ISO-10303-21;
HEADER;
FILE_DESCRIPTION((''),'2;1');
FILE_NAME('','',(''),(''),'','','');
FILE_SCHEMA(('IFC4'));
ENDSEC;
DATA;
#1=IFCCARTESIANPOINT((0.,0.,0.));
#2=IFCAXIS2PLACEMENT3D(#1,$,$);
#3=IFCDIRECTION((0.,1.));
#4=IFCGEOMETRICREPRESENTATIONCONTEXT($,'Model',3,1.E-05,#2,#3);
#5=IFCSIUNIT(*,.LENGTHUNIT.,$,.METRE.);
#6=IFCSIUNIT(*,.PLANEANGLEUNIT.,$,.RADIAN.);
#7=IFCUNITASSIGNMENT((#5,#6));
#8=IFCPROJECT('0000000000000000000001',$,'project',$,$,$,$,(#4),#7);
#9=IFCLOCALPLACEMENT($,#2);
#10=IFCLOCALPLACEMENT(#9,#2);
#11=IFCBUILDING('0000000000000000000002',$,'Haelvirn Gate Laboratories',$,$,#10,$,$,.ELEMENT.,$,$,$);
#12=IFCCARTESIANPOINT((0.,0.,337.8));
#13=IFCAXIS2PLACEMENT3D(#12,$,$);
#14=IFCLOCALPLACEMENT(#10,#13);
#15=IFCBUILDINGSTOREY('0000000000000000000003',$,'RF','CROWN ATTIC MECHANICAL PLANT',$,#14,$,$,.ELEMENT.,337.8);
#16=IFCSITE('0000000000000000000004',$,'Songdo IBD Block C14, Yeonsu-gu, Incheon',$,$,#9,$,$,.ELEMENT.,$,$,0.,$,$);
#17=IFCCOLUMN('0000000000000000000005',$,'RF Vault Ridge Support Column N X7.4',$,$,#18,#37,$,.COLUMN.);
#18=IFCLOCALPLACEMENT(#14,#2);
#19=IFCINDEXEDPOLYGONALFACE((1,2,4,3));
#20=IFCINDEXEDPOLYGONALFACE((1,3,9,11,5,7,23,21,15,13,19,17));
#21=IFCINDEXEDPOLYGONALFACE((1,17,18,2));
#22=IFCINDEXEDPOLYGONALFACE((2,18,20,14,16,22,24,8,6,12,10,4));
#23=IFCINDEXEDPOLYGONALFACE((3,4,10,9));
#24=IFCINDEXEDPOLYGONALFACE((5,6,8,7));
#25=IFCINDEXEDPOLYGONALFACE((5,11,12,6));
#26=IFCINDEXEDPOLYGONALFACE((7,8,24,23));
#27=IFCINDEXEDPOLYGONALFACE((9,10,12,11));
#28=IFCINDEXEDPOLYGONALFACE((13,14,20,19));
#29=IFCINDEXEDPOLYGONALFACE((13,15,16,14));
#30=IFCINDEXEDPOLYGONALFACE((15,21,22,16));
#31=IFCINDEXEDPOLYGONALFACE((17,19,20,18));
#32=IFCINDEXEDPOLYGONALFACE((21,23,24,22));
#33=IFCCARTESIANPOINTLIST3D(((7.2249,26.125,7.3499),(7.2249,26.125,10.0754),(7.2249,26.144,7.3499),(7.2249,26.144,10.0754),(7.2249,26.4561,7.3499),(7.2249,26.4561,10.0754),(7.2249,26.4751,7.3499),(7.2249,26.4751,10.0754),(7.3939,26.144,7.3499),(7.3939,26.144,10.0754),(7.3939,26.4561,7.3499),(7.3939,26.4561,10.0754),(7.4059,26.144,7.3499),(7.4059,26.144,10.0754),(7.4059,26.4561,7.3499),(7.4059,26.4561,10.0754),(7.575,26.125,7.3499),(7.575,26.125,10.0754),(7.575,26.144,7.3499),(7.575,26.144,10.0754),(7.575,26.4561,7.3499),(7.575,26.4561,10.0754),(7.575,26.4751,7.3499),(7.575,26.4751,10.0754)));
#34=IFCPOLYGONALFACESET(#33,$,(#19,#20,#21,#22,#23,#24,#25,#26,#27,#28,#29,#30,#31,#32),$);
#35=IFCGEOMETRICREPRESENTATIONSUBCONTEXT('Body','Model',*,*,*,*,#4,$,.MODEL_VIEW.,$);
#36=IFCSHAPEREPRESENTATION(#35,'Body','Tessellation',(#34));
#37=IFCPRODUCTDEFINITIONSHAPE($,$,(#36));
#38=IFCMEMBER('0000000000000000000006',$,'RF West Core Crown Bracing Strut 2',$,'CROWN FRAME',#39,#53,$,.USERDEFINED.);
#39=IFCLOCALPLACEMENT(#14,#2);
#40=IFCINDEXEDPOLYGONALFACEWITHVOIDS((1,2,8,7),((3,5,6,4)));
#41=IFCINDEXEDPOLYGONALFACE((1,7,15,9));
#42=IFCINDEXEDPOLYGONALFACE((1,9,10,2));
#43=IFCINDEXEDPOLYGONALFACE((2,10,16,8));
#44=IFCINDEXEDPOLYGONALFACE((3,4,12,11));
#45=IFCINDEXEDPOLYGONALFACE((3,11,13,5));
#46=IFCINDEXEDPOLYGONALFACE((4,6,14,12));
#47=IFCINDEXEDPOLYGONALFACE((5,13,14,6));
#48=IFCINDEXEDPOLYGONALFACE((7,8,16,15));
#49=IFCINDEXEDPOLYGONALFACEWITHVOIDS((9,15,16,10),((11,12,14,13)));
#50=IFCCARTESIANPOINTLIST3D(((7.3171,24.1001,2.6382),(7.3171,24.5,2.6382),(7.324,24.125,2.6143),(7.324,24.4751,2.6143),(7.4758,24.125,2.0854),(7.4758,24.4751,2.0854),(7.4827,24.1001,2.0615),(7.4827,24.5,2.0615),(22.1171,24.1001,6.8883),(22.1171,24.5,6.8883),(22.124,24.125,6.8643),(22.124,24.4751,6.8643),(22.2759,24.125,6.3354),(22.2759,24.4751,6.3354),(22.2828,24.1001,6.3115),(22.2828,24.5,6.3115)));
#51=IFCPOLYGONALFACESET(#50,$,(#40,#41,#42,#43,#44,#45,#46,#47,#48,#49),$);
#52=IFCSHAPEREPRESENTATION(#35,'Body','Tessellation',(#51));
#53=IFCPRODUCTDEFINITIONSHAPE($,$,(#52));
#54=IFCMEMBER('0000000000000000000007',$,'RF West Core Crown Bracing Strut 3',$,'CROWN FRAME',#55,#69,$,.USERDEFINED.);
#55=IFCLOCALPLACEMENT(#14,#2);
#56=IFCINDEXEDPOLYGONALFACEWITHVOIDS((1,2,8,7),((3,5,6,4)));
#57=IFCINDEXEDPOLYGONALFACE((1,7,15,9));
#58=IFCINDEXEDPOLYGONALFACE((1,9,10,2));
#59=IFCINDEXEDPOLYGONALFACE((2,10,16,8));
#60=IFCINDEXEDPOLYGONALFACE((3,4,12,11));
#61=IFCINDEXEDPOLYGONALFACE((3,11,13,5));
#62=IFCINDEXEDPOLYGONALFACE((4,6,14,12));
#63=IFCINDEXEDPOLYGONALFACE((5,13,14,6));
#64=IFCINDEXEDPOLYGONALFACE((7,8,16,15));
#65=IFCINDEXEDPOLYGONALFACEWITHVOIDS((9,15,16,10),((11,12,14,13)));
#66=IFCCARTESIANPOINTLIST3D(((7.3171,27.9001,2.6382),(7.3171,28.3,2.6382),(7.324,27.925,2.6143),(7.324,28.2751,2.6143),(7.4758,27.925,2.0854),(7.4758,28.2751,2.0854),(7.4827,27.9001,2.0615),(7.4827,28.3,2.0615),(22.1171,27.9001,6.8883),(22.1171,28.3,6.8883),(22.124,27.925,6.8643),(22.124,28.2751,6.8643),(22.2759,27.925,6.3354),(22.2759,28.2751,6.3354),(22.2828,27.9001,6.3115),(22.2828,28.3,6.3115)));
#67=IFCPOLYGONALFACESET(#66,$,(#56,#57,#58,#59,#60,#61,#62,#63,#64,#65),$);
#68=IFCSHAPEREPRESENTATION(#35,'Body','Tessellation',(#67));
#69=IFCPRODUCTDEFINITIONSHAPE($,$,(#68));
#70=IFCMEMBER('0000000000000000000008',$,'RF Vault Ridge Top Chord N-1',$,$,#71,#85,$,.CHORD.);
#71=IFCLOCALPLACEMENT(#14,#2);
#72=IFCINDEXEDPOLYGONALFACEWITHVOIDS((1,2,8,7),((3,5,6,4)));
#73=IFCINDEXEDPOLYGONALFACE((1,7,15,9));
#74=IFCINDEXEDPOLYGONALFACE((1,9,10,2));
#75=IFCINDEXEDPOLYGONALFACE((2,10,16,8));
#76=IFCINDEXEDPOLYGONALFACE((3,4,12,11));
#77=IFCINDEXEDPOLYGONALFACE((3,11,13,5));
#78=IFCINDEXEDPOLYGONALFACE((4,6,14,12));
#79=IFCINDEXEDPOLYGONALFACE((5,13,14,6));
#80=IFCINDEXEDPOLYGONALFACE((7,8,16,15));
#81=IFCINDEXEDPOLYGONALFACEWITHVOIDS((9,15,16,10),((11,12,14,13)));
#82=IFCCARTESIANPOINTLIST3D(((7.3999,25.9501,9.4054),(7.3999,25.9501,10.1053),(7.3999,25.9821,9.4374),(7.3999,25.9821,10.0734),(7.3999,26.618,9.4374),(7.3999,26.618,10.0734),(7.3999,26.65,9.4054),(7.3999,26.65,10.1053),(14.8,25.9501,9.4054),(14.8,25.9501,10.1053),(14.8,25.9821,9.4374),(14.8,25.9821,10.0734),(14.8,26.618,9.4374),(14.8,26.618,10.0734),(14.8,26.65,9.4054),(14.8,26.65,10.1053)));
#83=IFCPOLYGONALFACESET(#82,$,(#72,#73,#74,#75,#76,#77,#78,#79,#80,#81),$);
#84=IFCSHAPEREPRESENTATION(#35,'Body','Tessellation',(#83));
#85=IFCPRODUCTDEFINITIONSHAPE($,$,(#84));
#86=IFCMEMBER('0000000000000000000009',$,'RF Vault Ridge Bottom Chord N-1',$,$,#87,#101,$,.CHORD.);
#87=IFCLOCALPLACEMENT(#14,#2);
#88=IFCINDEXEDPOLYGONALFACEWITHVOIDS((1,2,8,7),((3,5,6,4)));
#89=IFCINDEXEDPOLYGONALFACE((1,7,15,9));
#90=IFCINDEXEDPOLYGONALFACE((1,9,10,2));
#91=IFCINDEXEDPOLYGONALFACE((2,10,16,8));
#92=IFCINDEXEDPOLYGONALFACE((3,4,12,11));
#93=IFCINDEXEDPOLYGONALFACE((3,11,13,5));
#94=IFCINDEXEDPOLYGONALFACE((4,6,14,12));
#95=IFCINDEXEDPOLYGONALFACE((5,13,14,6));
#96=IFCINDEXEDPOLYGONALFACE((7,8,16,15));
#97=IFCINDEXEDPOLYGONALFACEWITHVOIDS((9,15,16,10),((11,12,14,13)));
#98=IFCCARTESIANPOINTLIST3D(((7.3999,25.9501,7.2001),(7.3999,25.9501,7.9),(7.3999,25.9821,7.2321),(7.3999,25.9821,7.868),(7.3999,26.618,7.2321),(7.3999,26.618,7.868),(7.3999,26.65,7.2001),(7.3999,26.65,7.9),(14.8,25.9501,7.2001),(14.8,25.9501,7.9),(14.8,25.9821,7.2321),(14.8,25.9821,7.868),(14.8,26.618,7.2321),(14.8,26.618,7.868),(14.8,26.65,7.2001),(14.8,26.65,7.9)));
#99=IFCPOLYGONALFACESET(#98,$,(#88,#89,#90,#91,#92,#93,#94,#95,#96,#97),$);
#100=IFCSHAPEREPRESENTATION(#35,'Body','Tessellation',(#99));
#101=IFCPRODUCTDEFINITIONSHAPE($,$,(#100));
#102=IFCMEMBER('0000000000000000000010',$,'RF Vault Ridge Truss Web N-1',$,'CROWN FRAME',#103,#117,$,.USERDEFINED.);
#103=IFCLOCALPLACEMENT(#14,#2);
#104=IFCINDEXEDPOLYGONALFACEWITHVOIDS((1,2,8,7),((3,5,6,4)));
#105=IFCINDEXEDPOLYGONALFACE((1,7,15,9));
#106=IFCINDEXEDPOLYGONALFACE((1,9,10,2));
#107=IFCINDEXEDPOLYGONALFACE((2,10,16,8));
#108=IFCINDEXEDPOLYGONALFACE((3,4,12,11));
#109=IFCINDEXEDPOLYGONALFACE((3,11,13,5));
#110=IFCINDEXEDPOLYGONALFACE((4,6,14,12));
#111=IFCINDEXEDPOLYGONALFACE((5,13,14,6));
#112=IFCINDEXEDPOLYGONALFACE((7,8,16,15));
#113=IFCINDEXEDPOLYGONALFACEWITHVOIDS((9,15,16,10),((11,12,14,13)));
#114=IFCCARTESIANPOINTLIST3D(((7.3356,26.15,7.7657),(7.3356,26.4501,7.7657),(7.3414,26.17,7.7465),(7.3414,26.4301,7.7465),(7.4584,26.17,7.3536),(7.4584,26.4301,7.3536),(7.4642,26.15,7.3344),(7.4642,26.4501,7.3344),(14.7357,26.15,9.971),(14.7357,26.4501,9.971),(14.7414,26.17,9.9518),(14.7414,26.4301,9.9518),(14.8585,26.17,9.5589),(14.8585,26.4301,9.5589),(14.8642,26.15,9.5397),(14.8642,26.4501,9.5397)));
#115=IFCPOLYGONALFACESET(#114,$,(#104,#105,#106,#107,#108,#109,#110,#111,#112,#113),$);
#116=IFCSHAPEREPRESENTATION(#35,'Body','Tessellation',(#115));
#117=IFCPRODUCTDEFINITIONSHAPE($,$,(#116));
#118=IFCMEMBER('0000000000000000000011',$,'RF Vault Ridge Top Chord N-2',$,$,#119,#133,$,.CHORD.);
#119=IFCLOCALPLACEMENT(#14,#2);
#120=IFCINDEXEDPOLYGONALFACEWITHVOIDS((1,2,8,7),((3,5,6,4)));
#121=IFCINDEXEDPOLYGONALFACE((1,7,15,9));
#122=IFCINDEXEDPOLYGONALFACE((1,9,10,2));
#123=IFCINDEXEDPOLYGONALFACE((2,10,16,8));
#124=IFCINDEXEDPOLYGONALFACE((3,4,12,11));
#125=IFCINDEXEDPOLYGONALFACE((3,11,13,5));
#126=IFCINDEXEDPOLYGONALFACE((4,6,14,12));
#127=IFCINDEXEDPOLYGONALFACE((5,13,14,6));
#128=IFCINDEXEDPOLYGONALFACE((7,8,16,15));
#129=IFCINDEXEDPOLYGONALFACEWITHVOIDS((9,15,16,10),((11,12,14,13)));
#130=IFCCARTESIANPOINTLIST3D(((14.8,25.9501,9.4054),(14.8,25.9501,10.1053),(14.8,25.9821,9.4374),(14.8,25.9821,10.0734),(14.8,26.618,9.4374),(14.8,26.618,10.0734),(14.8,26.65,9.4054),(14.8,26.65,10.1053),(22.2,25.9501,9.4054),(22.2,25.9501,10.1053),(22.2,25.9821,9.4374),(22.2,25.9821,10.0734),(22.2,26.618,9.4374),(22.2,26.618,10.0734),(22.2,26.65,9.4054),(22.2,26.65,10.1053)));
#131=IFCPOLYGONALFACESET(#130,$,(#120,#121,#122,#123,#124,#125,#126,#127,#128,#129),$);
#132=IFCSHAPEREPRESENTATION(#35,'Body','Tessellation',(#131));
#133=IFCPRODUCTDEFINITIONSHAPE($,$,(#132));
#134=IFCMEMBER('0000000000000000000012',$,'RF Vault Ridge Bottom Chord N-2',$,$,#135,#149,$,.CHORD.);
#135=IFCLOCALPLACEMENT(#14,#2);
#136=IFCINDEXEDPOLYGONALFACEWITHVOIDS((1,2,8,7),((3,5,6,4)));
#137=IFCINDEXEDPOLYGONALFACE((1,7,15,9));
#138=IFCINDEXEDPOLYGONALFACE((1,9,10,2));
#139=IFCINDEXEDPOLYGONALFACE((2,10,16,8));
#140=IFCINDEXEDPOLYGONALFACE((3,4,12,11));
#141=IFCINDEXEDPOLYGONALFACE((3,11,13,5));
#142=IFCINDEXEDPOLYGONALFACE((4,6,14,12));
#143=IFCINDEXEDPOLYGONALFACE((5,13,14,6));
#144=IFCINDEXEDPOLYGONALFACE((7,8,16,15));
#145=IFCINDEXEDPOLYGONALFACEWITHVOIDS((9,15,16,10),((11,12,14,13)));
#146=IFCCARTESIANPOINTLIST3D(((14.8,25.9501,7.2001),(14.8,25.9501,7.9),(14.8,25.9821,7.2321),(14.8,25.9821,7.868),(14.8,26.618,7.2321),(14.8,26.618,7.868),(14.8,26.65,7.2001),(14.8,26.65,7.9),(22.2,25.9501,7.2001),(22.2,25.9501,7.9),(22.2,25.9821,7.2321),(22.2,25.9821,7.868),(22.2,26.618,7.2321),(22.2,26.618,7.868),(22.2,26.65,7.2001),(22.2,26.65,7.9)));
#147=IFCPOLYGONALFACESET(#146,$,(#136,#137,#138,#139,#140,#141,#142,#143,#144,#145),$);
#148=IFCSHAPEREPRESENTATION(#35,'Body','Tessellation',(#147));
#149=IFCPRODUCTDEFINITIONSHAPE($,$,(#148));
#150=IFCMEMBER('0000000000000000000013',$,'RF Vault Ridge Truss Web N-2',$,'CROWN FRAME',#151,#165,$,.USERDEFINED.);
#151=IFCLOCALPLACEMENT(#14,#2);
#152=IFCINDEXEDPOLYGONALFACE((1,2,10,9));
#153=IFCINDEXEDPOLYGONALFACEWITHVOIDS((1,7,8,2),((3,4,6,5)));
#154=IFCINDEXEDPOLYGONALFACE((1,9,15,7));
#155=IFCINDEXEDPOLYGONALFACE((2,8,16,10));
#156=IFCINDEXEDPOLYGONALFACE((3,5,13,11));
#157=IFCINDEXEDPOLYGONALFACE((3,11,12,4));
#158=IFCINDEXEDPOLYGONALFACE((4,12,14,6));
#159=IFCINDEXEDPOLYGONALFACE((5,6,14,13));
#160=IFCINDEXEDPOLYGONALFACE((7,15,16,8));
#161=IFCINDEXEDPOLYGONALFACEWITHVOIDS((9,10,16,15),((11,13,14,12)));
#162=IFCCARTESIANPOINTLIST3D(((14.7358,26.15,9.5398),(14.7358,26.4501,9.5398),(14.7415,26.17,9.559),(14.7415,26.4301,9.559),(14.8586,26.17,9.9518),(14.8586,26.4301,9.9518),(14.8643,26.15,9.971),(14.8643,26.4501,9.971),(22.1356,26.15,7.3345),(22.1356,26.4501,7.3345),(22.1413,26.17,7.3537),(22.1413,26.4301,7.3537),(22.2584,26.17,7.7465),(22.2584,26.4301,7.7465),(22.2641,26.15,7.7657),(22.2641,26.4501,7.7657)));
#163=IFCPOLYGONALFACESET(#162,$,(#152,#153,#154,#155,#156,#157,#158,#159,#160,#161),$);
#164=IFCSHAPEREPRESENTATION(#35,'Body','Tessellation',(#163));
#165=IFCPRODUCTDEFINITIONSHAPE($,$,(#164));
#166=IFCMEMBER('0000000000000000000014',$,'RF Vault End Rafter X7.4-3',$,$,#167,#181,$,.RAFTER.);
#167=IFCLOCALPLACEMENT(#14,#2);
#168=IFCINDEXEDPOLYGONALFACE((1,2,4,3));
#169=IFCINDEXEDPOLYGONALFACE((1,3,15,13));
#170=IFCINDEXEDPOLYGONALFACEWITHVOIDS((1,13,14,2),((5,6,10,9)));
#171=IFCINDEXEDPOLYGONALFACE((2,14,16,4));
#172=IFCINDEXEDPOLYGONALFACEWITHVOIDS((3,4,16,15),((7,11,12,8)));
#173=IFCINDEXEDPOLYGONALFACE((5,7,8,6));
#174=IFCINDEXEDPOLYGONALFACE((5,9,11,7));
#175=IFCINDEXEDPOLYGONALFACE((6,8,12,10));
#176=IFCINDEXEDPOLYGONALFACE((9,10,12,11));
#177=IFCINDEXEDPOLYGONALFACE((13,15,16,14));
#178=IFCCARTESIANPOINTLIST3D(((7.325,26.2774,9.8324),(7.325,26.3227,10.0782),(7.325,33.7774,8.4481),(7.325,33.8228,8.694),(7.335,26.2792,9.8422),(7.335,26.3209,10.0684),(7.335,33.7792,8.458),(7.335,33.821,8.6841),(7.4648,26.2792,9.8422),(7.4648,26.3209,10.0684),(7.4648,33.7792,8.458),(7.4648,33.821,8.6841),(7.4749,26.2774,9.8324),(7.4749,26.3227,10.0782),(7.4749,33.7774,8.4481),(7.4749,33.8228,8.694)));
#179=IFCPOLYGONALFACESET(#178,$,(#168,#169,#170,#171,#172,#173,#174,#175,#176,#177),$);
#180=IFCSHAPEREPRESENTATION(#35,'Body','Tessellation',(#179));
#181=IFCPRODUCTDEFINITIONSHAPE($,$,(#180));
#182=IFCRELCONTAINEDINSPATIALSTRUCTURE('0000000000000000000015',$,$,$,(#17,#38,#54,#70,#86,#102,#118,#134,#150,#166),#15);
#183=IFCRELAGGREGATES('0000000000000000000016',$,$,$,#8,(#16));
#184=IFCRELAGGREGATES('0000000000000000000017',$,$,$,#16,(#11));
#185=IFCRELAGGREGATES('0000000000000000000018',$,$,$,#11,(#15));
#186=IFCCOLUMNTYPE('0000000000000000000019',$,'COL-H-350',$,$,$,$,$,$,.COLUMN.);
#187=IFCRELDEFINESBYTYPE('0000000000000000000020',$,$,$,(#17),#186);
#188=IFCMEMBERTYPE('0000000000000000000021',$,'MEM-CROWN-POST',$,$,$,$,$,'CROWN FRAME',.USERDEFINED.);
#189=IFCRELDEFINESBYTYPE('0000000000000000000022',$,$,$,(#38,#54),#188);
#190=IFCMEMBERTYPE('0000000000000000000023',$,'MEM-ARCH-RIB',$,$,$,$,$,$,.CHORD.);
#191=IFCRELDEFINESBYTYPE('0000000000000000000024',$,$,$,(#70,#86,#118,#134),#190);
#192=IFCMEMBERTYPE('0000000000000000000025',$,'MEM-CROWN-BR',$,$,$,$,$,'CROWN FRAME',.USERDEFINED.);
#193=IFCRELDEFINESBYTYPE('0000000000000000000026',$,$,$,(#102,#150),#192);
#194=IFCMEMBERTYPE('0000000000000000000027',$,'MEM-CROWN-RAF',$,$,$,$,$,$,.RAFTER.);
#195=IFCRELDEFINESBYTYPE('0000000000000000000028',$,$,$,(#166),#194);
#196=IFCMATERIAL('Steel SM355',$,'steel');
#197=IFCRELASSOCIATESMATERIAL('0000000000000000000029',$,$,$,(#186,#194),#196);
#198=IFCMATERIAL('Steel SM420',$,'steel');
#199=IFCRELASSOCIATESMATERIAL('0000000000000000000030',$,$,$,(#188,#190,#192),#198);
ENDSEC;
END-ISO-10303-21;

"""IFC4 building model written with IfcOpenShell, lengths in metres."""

from ifc_helpers import new_model, si_unit, direction, frame, origin, origin_2d, place, context, subcontext, project, spatial, hollow_rectangle, i_section, extrude, source, transform, mapped, material, material_profile, profile_set, type_object, type_shapes, element, save


model = new_model("IFC4")

# Units and contexts
model_context = context("Model", 3, precision=1e-05, world=origin(), true_north=direction((0.0, 1.0)))
body_context = subcontext(model_context, "Body", "Model", "MODEL_VIEW")
ifc_project = project(units=[si_unit("LENGTHUNIT", "METRE"), si_unit("PLANEANGLEUNIT", "RADIAN")], contexts=[model_context])

# Site, building, storey
site_placement = place(None, origin())
site = spatial("IfcSite", under=ifc_project, at=site_placement, Name="Songdo IBD Block C14, Yeonsu-gu, Incheon", CompositionType="ELEMENT", RefElevation=0.0)
building_placement = place(site_placement, origin())
building = spatial("IfcBuilding", under=site, at=building_placement, Name="Haelvirn Gate Laboratories", CompositionType="ELEMENT")
storey_placement = place(building_placement, frame((0.0, 0.0, 337.8)))
storey = spatial("IfcBuildingStorey", under=building, at=storey_placement, Name="RF", Description="CROWN ATTIC MECHANICAL PLANT", CompositionType="ELEMENT", Elevation=337.8)

# Column
ifc_material_1 = material(Name="Steel SM355", Category="steel")
ifc_material_profile_1 = material_profile(ifc_material_1, i_section(OverallWidth=0.3501, OverallDepth=0.3501, WebThickness=0.012, FlangeThickness=0.019, at=origin_2d()), Name="H-350x350x12x19")
ifc_profile_set_1 = profile_set([ifc_material_profile_1], Name="Steel SM355")
column_type = type_object("IfcColumnType", Name="COL-H-350", PredefinedType="COLUMN", material=ifc_profile_set_1)
shared_shape_1 = source(origin(), body_context, "Body", "SweptSolid", [
    extrude(i_section(OverallWidth=0.3501, OverallDepth=0.3501, WebThickness=0.012, FlangeThickness=0.019, at=origin_2d()), origin(), (0.0, 0.0, 1.0), 2.7256),
])
type_shapes(column_type, [shared_shape_1])
column_placement = place(storey_placement, frame((7.3999, 26.3, 7.3499), z_axis=(0.0, 0.0, 1.0), x_axis=(1.0, 0.0, 0.0)))
element("IfcColumn", 1, at=column_placement, inside=storey, type_object=column_type, Name="RF Vault Ridge Support Column N X7.4", PredefinedType="COLUMN", context=body_context, shape_type="MappedRepresentation", body=[
    mapped(shared_shape_1, transform((0.0, 0.0, 0.0), scale=1.0)),
])

# Members
ifc_material_2 = material(Name="Steel SM420", Category="steel")
ifc_material_profile_2 = material_profile(ifc_material_2, hollow_rectangle(XDim=0.3999, YDim=0.6001, WallThickness=0.0249, at=origin_2d()), Name="BOX-600x400x25")
ifc_profile_set_2 = profile_set([ifc_material_profile_2], Name="Steel SM420")
member_type_1 = type_object("IfcMemberType", Name="MEM-CROWN-POST", ElementType="CROWN FRAME", PredefinedType="USERDEFINED", material=ifc_profile_set_2)
shared_shape_2 = source(origin(), body_context, "Body", "SweptSolid", [
    extrude(hollow_rectangle(XDim=0.3999, YDim=0.6001, WallThickness=0.0249, at=origin_2d()), origin(), (0.0, 0.0, 1.0), 15.3982),
])
type_shapes(member_type_1, [shared_shape_2])
for number, where, z_axis, x_axis, name in (
    (2, (7.3999, 24.3, 2.3499), (0.961156, 0.0, 0.276007), (0.0, 1.0, 0.0), "RF West Core Crown Bracing Strut 2"),
    (3, (7.3999, 28.1001, 2.3499), (0.961156, 0.0, 0.276007), (0.0, 1.0, 0.0), "RF West Core Crown Bracing Strut 3"),
):
    element("IfcMember", number, at=place(storey_placement, frame(where, z_axis=z_axis, x_axis=x_axis)), inside=storey, type_object=member_type_1, Name=name, ObjectType="CROWN FRAME", PredefinedType="USERDEFINED", context=body_context, shape_type="MappedRepresentation", body=[
        mapped(shared_shape_2, transform((0.0, 0.0, 0.0), scale=1.0)),
    ])
ifc_material_profile_3 = material_profile(ifc_material_2, hollow_rectangle(XDim=0.7, YDim=0.7, WallThickness=0.032, at=origin_2d()), Name="BOX-700x700x32")
ifc_profile_set_3 = profile_set([ifc_material_profile_3], Name="Steel SM420")
member_type_2 = type_object("IfcMemberType", Name="MEM-ARCH-RIB", PredefinedType="CHORD", material=ifc_profile_set_3)
shared_shape_3 = source(origin(), body_context, "Body", "SweptSolid", [
    extrude(hollow_rectangle(XDim=0.7, YDim=0.7, WallThickness=0.032, at=origin_2d()), origin(), (0.0, 0.0, 1.0), 7.4001),
])
for number, where, z_axis, x_axis, name in (
    (4, (7.3999, 26.3, 9.7554), (1.0, 0.0, 0.0), (0.0, 1.0, 0.0), "RF Vault Ridge Top Chord N-1"),
    (5, (7.3999, 26.3, 7.55), (1.0, 0.0, 0.0), (0.0, 1.0, 0.0), "RF Vault Ridge Bottom Chord N-1"),
):
    element("IfcMember", number, at=place(storey_placement, frame(where, z_axis=z_axis, x_axis=x_axis)), inside=storey, type_object=member_type_2, Name=name, PredefinedType="CHORD", context=body_context, shape_type="MappedRepresentation", body=[
        mapped(shared_shape_3, transform((0.0, 0.0, 0.0), scale=1.0)),
    ])
ifc_material_profile_4 = material_profile(ifc_material_2, hollow_rectangle(XDim=0.3, YDim=0.45, WallThickness=0.02, at=origin_2d()), Name="BOX-450x300x20")
ifc_profile_set_4 = profile_set([ifc_material_profile_4], Name="Steel SM420")
member_type_3 = type_object("IfcMemberType", Name="MEM-CROWN-BR", ElementType="CROWN FRAME", PredefinedType="USERDEFINED", material=ifc_profile_set_4)
shared_shape_4 = source(origin(), body_context, "Body", "SweptSolid", [
    extrude(hollow_rectangle(XDim=0.3, YDim=0.45, WallThickness=0.02, at=origin_2d()), origin(), (0.0, 0.0, 1.0), 7.7217),
])
member_1_placement = place(storey_placement, frame((7.3999, 26.3, 7.55), z_axis=(0.958349, 0.0, 0.285598), x_axis=(0.0, 1.0, 0.0)))
element("IfcMember", 6, at=member_1_placement, inside=storey, type_object=member_type_3, Name="RF Vault Ridge Truss Web N-1", ObjectType="CROWN FRAME", PredefinedType="USERDEFINED", context=body_context, shape_type="MappedRepresentation", body=[
    mapped(shared_shape_4, transform((0.0, 0.0, 0.0), scale=1.0)),
])
shared_shape_5 = source(origin(), body_context, "Body", "SweptSolid", [
    extrude(hollow_rectangle(XDim=0.7, YDim=0.7, WallThickness=0.032, at=origin_2d()), origin(), (0.0, 0.0, 1.0), 7.3999),
])
type_shapes(member_type_2, [shared_shape_3, shared_shape_5])
for number, where, z_axis, x_axis, name in (
    (7, (14.8, 26.3, 9.7554), (1.0, 0.0, 0.0), (0.0, 1.0, 0.0), "RF Vault Ridge Top Chord N-2"),
    (8, (14.8, 26.3, 7.55), (1.0, 0.0, 0.0), (0.0, 1.0, 0.0), "RF Vault Ridge Bottom Chord N-2"),
):
    element("IfcMember", number, at=place(storey_placement, frame(where, z_axis=z_axis, x_axis=x_axis)), inside=storey, type_object=member_type_2, Name=name, PredefinedType="CHORD", context=body_context, shape_type="MappedRepresentation", body=[
        mapped(shared_shape_5, transform((0.0, 0.0, 0.0), scale=1.0)),
    ])
shared_shape_6 = source(origin(), body_context, "Body", "SweptSolid", [
    extrude(hollow_rectangle(XDim=0.3, YDim=0.45, WallThickness=0.02, at=origin_2d()), origin(), (0.0, 0.0, 1.0), 7.7214),
])
type_shapes(member_type_3, [shared_shape_4, shared_shape_6])
member_2_placement = place(storey_placement, frame((14.8, 26.3, 9.7554), z_axis=(0.958347, 0.0, -0.285607), x_axis=(0.0, 1.0, 0.0)))
element("IfcMember", 9, at=member_2_placement, inside=storey, type_object=member_type_3, Name="RF Vault Ridge Truss Web N-2", ObjectType="CROWN FRAME", PredefinedType="USERDEFINED", context=body_context, shape_type="MappedRepresentation", body=[
    mapped(shared_shape_6, transform((0.0, 0.0, 0.0), scale=1.0)),
])
ifc_material_profile_5 = material_profile(ifc_material_1, hollow_rectangle(XDim=0.1499, YDim=0.25, WallThickness=0.01, at=origin_2d()), Name="RHS-250x150x10")
ifc_profile_set_5 = profile_set([ifc_material_profile_5], Name="Steel SM355")
member_type_4 = type_object("IfcMemberType", Name="MEM-CROWN-RAF", PredefinedType="RAFTER", material=ifc_profile_set_5)
shared_shape_7 = source(origin(), body_context, "Body", "SweptSolid", [
    extrude(hollow_rectangle(XDim=0.1499, YDim=0.25, WallThickness=0.01, at=origin_2d()), origin(), (0.0, 0.0, 1.0), 7.6267),
])
type_shapes(member_type_4, [shared_shape_7])
for number, where, z_axis, x_axis, name in (
    (10, (7.3999, 26.3, 9.9553), (0.0, 0.98339, -0.181505), (-1.0, 0.0, 0.0), "RF Vault End Rafter X7.4-3"),
):
    element("IfcMember", number, at=place(storey_placement, frame(where, z_axis=z_axis, x_axis=x_axis)), inside=storey, type_object=member_type_4, Name=name, PredefinedType="RAFTER", context=body_context, shape_type="MappedRepresentation", body=[
        mapped(shared_shape_7, transform((0.0, 0.0, 0.0), scale=1.0)),
    ])

save(model, "model.ifc")
